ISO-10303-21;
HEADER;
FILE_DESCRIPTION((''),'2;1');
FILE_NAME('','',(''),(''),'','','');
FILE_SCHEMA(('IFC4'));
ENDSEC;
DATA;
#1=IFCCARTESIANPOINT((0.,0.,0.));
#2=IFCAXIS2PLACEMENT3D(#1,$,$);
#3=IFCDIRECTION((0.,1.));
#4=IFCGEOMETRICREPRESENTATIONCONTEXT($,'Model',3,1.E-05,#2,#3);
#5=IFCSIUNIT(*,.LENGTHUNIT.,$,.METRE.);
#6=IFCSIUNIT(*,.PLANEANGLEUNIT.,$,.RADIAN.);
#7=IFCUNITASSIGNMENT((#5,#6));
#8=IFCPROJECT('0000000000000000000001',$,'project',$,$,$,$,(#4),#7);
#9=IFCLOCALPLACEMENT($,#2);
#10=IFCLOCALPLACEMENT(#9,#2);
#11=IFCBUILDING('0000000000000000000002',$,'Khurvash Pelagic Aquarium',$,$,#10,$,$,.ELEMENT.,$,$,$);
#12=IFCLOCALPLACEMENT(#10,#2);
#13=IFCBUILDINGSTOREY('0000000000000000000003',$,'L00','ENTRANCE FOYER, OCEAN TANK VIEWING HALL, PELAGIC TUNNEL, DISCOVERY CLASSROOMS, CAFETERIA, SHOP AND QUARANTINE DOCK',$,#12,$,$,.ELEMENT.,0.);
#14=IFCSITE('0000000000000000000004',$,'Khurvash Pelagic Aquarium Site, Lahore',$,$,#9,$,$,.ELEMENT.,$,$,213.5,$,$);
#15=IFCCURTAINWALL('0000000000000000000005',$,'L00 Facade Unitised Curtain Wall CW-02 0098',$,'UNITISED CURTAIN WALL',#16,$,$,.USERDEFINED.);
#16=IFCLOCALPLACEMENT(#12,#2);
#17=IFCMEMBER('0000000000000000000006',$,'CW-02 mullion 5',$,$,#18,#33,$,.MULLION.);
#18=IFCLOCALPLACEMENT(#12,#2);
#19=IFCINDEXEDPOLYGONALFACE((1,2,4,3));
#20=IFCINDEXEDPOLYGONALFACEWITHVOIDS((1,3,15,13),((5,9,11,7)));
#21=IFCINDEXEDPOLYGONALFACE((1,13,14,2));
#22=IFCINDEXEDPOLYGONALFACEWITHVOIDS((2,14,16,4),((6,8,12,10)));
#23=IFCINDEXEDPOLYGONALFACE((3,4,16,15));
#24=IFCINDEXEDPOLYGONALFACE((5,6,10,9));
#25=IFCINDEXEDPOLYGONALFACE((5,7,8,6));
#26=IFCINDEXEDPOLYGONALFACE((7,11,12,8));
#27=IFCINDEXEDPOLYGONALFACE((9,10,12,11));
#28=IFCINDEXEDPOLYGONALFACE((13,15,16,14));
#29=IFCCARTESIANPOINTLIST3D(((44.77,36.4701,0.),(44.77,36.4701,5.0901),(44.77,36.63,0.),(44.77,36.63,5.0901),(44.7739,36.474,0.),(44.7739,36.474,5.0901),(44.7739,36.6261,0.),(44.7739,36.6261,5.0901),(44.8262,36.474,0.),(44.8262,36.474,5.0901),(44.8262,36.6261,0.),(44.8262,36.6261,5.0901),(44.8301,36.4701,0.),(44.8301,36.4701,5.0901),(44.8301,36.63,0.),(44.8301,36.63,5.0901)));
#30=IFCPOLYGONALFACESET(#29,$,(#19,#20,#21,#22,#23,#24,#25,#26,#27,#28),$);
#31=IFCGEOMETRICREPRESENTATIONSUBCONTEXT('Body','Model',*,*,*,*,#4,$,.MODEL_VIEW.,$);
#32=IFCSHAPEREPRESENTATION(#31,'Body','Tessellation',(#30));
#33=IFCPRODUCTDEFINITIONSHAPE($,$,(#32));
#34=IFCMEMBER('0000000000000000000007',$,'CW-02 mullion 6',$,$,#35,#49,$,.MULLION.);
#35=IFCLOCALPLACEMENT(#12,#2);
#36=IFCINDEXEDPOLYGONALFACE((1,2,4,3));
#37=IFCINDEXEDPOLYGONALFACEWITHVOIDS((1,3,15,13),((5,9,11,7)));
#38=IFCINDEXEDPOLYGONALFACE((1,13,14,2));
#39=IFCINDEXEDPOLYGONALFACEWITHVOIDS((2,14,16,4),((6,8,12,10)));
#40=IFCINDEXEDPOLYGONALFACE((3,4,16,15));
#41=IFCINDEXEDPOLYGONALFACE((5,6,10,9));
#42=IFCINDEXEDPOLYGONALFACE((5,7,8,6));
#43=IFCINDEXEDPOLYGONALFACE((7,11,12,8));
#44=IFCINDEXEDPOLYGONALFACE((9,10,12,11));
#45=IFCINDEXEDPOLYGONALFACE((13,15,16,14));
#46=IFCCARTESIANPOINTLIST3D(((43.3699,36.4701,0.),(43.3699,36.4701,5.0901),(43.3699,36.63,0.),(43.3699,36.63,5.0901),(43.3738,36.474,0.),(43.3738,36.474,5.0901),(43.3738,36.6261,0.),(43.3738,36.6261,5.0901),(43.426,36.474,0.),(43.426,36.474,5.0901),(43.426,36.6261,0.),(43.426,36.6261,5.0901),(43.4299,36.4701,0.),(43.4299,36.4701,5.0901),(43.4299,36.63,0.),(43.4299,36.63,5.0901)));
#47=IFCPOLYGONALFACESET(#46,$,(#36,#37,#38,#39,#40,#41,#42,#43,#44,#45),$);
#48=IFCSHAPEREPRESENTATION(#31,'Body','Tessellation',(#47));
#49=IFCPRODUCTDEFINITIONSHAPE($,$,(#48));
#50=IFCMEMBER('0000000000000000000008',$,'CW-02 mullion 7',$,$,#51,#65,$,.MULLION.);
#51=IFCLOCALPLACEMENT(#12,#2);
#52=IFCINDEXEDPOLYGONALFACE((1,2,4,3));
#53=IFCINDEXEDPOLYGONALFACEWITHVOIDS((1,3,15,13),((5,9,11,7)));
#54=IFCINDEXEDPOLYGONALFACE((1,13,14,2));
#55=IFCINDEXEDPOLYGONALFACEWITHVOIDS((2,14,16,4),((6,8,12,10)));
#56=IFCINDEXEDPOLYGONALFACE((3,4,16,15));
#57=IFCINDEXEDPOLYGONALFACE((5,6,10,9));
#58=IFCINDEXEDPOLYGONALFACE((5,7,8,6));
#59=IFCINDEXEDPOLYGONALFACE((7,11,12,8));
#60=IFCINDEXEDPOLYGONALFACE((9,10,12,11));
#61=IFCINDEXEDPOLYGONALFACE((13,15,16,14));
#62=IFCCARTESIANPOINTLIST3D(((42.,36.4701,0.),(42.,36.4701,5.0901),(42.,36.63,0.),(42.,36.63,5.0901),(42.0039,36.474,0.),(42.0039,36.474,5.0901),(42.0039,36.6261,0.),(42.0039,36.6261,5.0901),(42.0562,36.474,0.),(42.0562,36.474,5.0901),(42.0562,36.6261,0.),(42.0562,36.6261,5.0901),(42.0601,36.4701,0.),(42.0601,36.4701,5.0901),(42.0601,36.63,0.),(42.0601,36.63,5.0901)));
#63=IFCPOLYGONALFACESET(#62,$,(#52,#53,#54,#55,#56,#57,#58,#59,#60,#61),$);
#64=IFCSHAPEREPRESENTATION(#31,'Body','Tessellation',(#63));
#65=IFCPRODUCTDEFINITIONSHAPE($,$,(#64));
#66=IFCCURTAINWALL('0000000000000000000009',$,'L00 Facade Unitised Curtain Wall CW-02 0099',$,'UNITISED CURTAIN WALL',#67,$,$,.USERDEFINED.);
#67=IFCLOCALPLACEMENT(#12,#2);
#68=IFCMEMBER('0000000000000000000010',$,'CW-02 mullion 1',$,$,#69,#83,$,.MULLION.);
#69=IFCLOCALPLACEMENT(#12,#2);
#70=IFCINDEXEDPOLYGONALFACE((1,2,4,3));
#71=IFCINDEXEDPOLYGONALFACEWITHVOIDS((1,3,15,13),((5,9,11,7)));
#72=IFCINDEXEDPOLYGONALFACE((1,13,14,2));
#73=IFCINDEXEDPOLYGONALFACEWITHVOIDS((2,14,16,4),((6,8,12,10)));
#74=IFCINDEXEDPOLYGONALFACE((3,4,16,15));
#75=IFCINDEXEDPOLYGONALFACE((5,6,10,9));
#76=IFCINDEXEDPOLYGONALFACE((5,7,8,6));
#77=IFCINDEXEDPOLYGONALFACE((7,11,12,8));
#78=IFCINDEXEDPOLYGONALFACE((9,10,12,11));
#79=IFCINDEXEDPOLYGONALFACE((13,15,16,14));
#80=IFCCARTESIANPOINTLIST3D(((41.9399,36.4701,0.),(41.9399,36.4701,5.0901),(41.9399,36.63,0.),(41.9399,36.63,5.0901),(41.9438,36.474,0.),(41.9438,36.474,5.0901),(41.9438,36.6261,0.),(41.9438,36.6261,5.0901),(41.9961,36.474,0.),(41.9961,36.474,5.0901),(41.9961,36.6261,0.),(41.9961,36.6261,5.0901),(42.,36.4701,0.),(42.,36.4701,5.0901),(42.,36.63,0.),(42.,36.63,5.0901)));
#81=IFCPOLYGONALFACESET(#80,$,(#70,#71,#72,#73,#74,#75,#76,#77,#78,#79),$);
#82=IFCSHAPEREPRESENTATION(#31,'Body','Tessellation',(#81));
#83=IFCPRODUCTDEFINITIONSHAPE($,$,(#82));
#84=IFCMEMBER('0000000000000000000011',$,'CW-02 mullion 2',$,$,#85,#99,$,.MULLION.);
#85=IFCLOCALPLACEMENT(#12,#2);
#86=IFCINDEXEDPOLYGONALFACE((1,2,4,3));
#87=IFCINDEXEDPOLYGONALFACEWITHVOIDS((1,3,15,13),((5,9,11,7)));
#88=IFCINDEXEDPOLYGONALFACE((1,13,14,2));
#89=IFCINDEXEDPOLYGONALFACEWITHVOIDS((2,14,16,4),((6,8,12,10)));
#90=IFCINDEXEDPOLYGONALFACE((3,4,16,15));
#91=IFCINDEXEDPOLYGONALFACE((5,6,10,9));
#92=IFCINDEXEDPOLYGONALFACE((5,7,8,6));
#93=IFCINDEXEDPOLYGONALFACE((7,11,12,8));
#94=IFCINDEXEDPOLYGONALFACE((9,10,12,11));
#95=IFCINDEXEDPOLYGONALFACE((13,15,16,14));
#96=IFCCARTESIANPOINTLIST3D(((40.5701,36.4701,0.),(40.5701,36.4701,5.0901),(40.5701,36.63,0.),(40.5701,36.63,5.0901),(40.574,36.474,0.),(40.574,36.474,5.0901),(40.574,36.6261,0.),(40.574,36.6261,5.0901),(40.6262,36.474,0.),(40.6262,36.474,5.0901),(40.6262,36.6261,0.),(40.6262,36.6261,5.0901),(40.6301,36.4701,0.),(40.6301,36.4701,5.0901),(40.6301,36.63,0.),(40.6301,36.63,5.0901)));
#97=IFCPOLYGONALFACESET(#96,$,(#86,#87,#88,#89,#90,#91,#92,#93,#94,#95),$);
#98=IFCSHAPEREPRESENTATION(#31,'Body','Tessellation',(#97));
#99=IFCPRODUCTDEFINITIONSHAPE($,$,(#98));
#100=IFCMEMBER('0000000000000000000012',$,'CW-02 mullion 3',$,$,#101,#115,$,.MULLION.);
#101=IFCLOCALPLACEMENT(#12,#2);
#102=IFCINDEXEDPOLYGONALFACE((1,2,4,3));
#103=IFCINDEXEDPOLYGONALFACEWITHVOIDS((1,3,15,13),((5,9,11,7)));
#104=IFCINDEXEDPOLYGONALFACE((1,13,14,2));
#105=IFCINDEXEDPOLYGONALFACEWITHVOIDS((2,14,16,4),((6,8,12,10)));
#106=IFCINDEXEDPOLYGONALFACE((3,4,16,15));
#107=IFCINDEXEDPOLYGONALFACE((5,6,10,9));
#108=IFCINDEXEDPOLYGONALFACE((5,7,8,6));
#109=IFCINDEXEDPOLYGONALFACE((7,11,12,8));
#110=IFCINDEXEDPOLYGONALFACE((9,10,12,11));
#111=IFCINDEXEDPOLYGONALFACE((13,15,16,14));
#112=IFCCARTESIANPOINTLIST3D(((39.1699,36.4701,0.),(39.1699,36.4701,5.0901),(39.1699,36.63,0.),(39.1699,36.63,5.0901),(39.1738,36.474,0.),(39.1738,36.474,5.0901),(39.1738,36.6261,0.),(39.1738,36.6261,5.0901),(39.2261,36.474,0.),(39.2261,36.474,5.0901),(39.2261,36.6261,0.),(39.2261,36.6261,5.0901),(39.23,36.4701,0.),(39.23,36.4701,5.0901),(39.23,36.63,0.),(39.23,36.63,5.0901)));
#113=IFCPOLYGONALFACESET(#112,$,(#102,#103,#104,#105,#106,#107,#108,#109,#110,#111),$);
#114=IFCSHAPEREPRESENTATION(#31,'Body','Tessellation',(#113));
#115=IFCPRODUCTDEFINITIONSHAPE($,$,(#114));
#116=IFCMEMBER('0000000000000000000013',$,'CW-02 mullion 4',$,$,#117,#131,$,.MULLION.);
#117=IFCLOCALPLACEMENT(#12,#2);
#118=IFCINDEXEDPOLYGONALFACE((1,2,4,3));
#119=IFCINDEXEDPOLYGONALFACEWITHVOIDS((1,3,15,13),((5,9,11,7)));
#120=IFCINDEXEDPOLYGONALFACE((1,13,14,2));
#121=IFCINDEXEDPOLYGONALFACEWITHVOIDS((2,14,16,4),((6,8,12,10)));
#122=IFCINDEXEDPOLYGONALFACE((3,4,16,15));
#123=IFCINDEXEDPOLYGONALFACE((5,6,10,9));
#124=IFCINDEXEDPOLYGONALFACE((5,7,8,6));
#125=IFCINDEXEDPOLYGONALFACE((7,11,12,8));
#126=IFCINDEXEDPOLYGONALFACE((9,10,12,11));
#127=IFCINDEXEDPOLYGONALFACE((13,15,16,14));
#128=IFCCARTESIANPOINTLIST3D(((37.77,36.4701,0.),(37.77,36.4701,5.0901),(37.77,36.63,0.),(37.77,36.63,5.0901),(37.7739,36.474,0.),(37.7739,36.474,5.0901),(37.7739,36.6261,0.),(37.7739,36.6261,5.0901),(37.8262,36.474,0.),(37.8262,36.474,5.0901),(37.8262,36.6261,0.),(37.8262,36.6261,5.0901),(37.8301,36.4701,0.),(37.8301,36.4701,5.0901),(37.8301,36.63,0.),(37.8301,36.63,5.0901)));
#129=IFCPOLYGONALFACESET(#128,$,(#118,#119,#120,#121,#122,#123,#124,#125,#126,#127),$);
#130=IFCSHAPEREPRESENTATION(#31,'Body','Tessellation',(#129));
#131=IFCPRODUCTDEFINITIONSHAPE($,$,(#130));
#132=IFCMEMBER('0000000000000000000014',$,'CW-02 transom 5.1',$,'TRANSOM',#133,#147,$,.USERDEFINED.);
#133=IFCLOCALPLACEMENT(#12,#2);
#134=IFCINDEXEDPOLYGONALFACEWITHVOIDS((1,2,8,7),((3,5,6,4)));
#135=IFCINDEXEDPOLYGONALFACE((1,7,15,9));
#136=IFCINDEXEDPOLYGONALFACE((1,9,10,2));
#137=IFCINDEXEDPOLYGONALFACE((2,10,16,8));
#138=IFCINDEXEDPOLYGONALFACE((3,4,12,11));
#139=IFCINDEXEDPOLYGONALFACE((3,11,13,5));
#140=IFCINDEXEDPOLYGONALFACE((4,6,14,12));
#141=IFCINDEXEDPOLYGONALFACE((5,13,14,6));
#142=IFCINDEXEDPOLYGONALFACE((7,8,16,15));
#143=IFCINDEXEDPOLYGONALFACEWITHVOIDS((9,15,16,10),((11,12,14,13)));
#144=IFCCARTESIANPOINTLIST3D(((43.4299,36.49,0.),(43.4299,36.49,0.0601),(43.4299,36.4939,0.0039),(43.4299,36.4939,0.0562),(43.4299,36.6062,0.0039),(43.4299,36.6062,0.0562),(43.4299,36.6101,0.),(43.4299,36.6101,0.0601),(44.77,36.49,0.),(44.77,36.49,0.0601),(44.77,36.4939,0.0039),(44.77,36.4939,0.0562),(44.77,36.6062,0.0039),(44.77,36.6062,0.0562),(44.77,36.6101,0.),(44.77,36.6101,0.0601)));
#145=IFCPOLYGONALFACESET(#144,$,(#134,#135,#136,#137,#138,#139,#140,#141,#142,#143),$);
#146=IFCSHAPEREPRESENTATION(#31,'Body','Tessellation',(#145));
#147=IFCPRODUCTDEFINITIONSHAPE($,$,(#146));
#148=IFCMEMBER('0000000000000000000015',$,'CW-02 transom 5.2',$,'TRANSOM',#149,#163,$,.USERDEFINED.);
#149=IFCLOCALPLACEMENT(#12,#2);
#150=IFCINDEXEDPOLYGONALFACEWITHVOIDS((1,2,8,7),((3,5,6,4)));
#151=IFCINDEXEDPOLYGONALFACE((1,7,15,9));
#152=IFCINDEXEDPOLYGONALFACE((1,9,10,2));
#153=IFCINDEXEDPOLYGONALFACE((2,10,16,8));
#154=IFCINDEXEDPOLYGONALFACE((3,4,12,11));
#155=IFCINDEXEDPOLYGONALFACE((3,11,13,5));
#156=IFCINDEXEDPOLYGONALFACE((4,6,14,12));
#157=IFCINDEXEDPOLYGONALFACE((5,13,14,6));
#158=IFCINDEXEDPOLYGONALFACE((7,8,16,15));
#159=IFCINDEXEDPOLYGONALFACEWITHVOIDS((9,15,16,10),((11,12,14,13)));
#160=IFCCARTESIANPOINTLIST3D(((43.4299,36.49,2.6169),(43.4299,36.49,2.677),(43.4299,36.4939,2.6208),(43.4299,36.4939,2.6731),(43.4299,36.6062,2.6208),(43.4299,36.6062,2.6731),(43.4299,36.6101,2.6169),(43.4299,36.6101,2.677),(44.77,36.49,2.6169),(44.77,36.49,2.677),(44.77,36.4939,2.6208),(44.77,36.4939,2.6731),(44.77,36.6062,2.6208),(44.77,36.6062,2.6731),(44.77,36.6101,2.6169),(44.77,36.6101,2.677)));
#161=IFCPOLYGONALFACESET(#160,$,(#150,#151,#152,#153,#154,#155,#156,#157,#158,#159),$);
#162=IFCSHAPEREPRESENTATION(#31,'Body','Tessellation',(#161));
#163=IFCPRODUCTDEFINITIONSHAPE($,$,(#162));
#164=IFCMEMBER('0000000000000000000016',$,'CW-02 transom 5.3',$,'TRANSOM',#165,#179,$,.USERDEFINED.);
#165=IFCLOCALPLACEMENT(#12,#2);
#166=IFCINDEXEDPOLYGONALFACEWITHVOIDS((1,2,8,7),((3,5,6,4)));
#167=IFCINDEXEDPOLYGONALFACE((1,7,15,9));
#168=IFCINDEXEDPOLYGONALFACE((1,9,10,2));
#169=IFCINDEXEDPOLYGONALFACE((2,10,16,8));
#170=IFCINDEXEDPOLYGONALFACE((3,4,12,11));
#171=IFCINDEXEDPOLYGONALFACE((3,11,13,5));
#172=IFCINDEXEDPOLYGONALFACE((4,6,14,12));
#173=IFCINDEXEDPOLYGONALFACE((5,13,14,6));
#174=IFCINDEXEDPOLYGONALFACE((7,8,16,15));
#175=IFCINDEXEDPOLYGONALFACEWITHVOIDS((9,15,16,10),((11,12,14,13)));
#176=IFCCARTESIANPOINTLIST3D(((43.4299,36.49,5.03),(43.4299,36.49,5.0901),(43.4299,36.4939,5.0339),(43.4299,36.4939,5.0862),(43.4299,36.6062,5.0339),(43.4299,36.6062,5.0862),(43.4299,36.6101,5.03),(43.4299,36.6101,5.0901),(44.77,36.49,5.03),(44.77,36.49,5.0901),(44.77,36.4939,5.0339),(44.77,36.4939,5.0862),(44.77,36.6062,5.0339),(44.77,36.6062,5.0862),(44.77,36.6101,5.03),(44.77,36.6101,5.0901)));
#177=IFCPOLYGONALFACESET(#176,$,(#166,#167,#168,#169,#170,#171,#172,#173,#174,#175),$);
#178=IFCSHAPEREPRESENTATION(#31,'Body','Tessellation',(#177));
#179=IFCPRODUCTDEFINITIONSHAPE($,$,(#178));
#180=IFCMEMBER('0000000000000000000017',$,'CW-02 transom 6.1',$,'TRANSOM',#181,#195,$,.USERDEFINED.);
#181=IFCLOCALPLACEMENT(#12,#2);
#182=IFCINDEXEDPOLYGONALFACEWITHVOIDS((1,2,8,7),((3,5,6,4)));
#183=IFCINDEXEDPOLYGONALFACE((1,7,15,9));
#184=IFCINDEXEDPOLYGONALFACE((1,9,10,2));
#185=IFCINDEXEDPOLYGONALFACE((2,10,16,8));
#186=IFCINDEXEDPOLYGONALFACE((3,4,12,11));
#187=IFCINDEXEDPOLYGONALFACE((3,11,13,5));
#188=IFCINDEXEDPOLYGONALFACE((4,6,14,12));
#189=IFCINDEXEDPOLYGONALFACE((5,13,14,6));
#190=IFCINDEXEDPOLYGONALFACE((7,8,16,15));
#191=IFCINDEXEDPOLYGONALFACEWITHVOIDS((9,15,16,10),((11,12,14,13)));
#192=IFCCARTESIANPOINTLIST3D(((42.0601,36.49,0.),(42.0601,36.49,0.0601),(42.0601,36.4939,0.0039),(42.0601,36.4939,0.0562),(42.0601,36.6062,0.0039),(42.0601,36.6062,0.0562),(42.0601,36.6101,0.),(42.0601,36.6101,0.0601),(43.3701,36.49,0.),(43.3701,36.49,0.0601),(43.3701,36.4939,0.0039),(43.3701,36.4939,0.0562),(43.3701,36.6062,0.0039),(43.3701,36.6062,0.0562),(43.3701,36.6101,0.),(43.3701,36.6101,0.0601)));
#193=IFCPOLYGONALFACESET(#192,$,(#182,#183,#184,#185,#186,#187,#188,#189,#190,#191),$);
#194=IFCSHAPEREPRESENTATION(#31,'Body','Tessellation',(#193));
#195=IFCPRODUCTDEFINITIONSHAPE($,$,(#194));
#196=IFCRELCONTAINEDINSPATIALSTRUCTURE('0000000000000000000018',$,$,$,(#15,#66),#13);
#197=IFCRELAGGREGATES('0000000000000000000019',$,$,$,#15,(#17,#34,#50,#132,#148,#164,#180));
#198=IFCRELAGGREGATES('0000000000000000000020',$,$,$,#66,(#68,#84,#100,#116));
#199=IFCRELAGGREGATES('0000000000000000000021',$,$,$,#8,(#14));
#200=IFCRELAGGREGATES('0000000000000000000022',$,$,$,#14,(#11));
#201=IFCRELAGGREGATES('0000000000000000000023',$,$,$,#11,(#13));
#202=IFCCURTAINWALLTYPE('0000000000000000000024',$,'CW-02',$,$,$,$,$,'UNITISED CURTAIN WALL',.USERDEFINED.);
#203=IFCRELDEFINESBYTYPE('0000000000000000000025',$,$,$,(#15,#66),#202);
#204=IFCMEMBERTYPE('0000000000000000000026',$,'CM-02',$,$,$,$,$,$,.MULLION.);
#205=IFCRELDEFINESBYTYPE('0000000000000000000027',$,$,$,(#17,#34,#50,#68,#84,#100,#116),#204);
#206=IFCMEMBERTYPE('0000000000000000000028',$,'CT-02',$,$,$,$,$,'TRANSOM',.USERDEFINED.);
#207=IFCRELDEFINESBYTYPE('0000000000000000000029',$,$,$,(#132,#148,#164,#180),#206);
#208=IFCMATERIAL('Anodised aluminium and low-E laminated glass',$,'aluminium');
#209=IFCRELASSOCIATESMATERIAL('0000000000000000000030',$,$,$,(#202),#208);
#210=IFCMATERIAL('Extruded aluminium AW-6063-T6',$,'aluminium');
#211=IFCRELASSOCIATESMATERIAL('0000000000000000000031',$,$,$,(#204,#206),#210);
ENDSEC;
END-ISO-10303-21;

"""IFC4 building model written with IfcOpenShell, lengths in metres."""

from ifc_helpers import new_model, si_unit, direction, frame, origin, origin_2d, place, context, subcontext, project, spatial, hollow_rectangle, extrude, material, material_profile, profile_set, type_object, element, aggregate, save


model = new_model("IFC4")

# Units and contexts
model_context = context("Model", 3, precision=1e-05, world=origin(), true_north=direction((0.0, 1.0)))
body_context = subcontext(model_context, "Body", "Model", "MODEL_VIEW")
ifc_project = project(units=[si_unit("LENGTHUNIT", "METRE"), si_unit("PLANEANGLEUNIT", "RADIAN")], contexts=[model_context])

# Site, building, storey
site_placement = place(None, origin())
site = spatial("IfcSite", under=ifc_project, at=site_placement, Name="Khurvash Pelagic Aquarium Site, Lahore", CompositionType="ELEMENT", RefElevation=213.5)
building_placement = place(site_placement, origin())
building = spatial("IfcBuilding", under=site, at=building_placement, Name="Khurvash Pelagic Aquarium", CompositionType="ELEMENT")
storey_placement = place(building_placement, origin())
storey = spatial("IfcBuildingStorey", under=building, at=storey_placement, Name="L00", Description="ENTRANCE FOYER, OCEAN TANK VIEWING HALL, PELAGIC TUNNEL, DISCOVERY CLASSROOMS, CAFETERIA, SHOP AND QUARANTINE DOCK", CompositionType="ELEMENT", Elevation=0.0)

# Curtain walls, members
ifc_material_1 = material(Name="Anodised aluminium and low-E laminated glass", Category="aluminium")
curtain_wall_type = type_object("IfcCurtainWallType", Name="CW-02", ElementType="UNITISED CURTAIN WALL", PredefinedType="USERDEFINED", material=ifc_material_1)
curtain_wall_1_placement = place(storey_placement, origin())
curtain_wall_1 = element("IfcCurtainWall", 1, at=curtain_wall_1_placement, inside=storey, type_object=curtain_wall_type, Name="L00 Facade Unitised Curtain Wall CW-02 0098", ObjectType="UNITISED CURTAIN WALL", PredefinedType="USERDEFINED")
ifc_material_2 = material(Name="Extruded aluminium AW-6063-T6", Category="aluminium")
ifc_material_profile_1 = material_profile(ifc_material_2, hollow_rectangle(XDim=0.0601, YDim=0.1599, WallThickness=0.0039, at=origin_2d()), Name="CWM60X160X4")
ifc_profile_set_1 = profile_set([ifc_material_profile_1], Name="Extruded aluminium AW-6063-T6")
member_type_1 = type_object("IfcMemberType", Name="CM-02", PredefinedType="MULLION", material=ifc_profile_set_1)
member_1_placement = place(storey_placement, frame((44.8, 36.55, 0.0), z_axis=(0.0, 0.0, 1.0), x_axis=(-1.0, 0.0, 0.0)))
member_1 = element("IfcMember", 2, at=member_1_placement, type_object=member_type_1, Name="CW-02 mullion 5", PredefinedType="MULLION", context=body_context, shape_type="SweptSolid", body=[
    extrude(hollow_rectangle(XDim=0.0601, YDim=0.1599, WallThickness=0.0039, at=origin_2d()), origin(), (0.0, 0.0, 1.0), 5.0901),
])
member_2_placement = place(storey_placement, frame((43.3999, 36.55, 0.0), z_axis=(0.0, 0.0, 1.0), x_axis=(-1.0, 0.0, 0.0)))
member_2 = element("IfcMember", 3, at=member_2_placement, type_object=member_type_1, Name="CW-02 mullion 6", PredefinedType="MULLION", context=body_context, shape_type="SweptSolid", body=[
    extrude(hollow_rectangle(XDim=0.0601, YDim=0.1599, WallThickness=0.0039, at=origin_2d()), origin(), (0.0, 0.0, 1.0), 5.0901),
])
member_3_placement = place(storey_placement, frame((42.03, 36.55, 0.0), z_axis=(0.0, 0.0, 1.0), x_axis=(-1.0, 0.0, 0.0)))
member_3 = element("IfcMember", 4, at=member_3_placement, type_object=member_type_1, Name="CW-02 mullion 7", PredefinedType="MULLION", context=body_context, shape_type="SweptSolid", body=[
    extrude(hollow_rectangle(XDim=0.0601, YDim=0.1599, WallThickness=0.0039, at=origin_2d()), origin(), (0.0, 0.0, 1.0), 5.0901),
])
curtain_wall_2_placement = place(storey_placement, origin())
curtain_wall_2 = element("IfcCurtainWall", 5, at=curtain_wall_2_placement, inside=storey, type_object=curtain_wall_type, Name="L00 Facade Unitised Curtain Wall CW-02 0099", ObjectType="UNITISED CURTAIN WALL", PredefinedType="USERDEFINED")
member_4_placement = place(storey_placement, frame((41.97, 36.55, 0.0), z_axis=(0.0, 0.0, 1.0), x_axis=(-1.0, 0.0, 0.0)))
member_4 = element("IfcMember", 6, at=member_4_placement, type_object=member_type_1, Name="CW-02 mullion 1", PredefinedType="MULLION", context=body_context, shape_type="SweptSolid", body=[
    extrude(hollow_rectangle(XDim=0.0601, YDim=0.1599, WallThickness=0.0039, at=origin_2d()), origin(), (0.0, 0.0, 1.0), 5.0901),
])
member_5_placement = place(storey_placement, frame((40.6001, 36.55, 0.0), z_axis=(0.0, 0.0, 1.0), x_axis=(-1.0, 0.0, 0.0)))
member_5 = element("IfcMember", 7, at=member_5_placement, type_object=member_type_1, Name="CW-02 mullion 2", PredefinedType="MULLION", context=body_context, shape_type="SweptSolid", body=[
    extrude(hollow_rectangle(XDim=0.0601, YDim=0.1599, WallThickness=0.0039, at=origin_2d()), origin(), (0.0, 0.0, 1.0), 5.0901),
])
member_6_placement = place(storey_placement, frame((39.2, 36.55, 0.0), z_axis=(0.0, 0.0, 1.0), x_axis=(-1.0, 0.0, 0.0)))
member_6 = element("IfcMember", 8, at=member_6_placement, type_object=member_type_1, Name="CW-02 mullion 3", PredefinedType="MULLION", context=body_context, shape_type="SweptSolid", body=[
    extrude(hollow_rectangle(XDim=0.0601, YDim=0.1599, WallThickness=0.0039, at=origin_2d()), origin(), (0.0, 0.0, 1.0), 5.0901),
])
member_7_placement = place(storey_placement, frame((37.8, 36.55, 0.0), z_axis=(0.0, 0.0, 1.0), x_axis=(-1.0, 0.0, 0.0)))
member_7 = element("IfcMember", 9, at=member_7_placement, type_object=member_type_1, Name="CW-02 mullion 4", PredefinedType="MULLION", context=body_context, shape_type="SweptSolid", body=[
    extrude(hollow_rectangle(XDim=0.0601, YDim=0.1599, WallThickness=0.0039, at=origin_2d()), origin(), (0.0, 0.0, 1.0), 5.0901),
])

# Members
ifc_material_profile_2 = material_profile(ifc_material_2, hollow_rectangle(XDim=0.1201, YDim=0.0601, WallThickness=0.0039, at=origin_2d()), Name="CWT120X60X4")
ifc_profile_set_2 = profile_set([ifc_material_profile_2], Name="Extruded aluminium AW-6063-T6")
member_type_2 = type_object("IfcMemberType", Name="CT-02", ElementType="TRANSOM", PredefinedType="USERDEFINED", material=ifc_profile_set_2)
member_8_placement = place(storey_placement, frame((44.77, 36.55, 0.03), z_axis=(-1.0, 0.0, 0.0), x_axis=(0.0, -1.0, 0.0)))
member_8 = element("IfcMember", 10, at=member_8_placement, type_object=member_type_2, Name="CW-02 transom 5.1", ObjectType="TRANSOM", PredefinedType="USERDEFINED", context=body_context, shape_type="SweptSolid", body=[
    extrude(hollow_rectangle(XDim=0.1201, YDim=0.0601, WallThickness=0.0039, at=origin_2d()), origin(), (0.0, 0.0, 1.0), 1.3401),
])
member_9_placement = place(storey_placement, frame((44.77, 36.55, 2.647), z_axis=(-1.0, 0.0, 0.0), x_axis=(0.0, -1.0, 0.0)))
member_9 = element("IfcMember", 11, at=member_9_placement, type_object=member_type_2, Name="CW-02 transom 5.2", ObjectType="TRANSOM", PredefinedType="USERDEFINED", context=body_context, shape_type="SweptSolid", body=[
    extrude(hollow_rectangle(XDim=0.1201, YDim=0.0601, WallThickness=0.0039, at=origin_2d()), origin(), (0.0, 0.0, 1.0), 1.3401),
])
member_10_placement = place(storey_placement, frame((44.77, 36.55, 5.0601), z_axis=(-1.0, 0.0, 0.0), x_axis=(0.0, -1.0, 0.0)))
member_10 = element("IfcMember", 12, at=member_10_placement, type_object=member_type_2, Name="CW-02 transom 5.3", ObjectType="TRANSOM", PredefinedType="USERDEFINED", context=body_context, shape_type="SweptSolid", body=[
    extrude(hollow_rectangle(XDim=0.1201, YDim=0.0601, WallThickness=0.0039, at=origin_2d()), origin(), (0.0, 0.0, 1.0), 1.3401),
])
member_11_placement = place(storey_placement, frame((43.3701, 36.55, 0.03), z_axis=(-1.0, 0.0, 0.0), x_axis=(0.0, -1.0, 0.0)))
member_11 = element("IfcMember", 13, at=member_11_placement, type_object=member_type_2, Name="CW-02 transom 6.1", ObjectType="TRANSOM", PredefinedType="USERDEFINED", context=body_context, shape_type="SweptSolid", body=[
    extrude(hollow_rectangle(XDim=0.1201, YDim=0.0601, WallThickness=0.0039, at=origin_2d()), origin(), (0.0, 0.0, 1.0), 1.3101),
])

aggregate(curtain_wall_1, [member_1, member_2, member_3, member_8, member_9, member_10, member_11])
aggregate(curtain_wall_2, [member_4, member_5, member_6, member_7])

save(model, "model.ifc")
